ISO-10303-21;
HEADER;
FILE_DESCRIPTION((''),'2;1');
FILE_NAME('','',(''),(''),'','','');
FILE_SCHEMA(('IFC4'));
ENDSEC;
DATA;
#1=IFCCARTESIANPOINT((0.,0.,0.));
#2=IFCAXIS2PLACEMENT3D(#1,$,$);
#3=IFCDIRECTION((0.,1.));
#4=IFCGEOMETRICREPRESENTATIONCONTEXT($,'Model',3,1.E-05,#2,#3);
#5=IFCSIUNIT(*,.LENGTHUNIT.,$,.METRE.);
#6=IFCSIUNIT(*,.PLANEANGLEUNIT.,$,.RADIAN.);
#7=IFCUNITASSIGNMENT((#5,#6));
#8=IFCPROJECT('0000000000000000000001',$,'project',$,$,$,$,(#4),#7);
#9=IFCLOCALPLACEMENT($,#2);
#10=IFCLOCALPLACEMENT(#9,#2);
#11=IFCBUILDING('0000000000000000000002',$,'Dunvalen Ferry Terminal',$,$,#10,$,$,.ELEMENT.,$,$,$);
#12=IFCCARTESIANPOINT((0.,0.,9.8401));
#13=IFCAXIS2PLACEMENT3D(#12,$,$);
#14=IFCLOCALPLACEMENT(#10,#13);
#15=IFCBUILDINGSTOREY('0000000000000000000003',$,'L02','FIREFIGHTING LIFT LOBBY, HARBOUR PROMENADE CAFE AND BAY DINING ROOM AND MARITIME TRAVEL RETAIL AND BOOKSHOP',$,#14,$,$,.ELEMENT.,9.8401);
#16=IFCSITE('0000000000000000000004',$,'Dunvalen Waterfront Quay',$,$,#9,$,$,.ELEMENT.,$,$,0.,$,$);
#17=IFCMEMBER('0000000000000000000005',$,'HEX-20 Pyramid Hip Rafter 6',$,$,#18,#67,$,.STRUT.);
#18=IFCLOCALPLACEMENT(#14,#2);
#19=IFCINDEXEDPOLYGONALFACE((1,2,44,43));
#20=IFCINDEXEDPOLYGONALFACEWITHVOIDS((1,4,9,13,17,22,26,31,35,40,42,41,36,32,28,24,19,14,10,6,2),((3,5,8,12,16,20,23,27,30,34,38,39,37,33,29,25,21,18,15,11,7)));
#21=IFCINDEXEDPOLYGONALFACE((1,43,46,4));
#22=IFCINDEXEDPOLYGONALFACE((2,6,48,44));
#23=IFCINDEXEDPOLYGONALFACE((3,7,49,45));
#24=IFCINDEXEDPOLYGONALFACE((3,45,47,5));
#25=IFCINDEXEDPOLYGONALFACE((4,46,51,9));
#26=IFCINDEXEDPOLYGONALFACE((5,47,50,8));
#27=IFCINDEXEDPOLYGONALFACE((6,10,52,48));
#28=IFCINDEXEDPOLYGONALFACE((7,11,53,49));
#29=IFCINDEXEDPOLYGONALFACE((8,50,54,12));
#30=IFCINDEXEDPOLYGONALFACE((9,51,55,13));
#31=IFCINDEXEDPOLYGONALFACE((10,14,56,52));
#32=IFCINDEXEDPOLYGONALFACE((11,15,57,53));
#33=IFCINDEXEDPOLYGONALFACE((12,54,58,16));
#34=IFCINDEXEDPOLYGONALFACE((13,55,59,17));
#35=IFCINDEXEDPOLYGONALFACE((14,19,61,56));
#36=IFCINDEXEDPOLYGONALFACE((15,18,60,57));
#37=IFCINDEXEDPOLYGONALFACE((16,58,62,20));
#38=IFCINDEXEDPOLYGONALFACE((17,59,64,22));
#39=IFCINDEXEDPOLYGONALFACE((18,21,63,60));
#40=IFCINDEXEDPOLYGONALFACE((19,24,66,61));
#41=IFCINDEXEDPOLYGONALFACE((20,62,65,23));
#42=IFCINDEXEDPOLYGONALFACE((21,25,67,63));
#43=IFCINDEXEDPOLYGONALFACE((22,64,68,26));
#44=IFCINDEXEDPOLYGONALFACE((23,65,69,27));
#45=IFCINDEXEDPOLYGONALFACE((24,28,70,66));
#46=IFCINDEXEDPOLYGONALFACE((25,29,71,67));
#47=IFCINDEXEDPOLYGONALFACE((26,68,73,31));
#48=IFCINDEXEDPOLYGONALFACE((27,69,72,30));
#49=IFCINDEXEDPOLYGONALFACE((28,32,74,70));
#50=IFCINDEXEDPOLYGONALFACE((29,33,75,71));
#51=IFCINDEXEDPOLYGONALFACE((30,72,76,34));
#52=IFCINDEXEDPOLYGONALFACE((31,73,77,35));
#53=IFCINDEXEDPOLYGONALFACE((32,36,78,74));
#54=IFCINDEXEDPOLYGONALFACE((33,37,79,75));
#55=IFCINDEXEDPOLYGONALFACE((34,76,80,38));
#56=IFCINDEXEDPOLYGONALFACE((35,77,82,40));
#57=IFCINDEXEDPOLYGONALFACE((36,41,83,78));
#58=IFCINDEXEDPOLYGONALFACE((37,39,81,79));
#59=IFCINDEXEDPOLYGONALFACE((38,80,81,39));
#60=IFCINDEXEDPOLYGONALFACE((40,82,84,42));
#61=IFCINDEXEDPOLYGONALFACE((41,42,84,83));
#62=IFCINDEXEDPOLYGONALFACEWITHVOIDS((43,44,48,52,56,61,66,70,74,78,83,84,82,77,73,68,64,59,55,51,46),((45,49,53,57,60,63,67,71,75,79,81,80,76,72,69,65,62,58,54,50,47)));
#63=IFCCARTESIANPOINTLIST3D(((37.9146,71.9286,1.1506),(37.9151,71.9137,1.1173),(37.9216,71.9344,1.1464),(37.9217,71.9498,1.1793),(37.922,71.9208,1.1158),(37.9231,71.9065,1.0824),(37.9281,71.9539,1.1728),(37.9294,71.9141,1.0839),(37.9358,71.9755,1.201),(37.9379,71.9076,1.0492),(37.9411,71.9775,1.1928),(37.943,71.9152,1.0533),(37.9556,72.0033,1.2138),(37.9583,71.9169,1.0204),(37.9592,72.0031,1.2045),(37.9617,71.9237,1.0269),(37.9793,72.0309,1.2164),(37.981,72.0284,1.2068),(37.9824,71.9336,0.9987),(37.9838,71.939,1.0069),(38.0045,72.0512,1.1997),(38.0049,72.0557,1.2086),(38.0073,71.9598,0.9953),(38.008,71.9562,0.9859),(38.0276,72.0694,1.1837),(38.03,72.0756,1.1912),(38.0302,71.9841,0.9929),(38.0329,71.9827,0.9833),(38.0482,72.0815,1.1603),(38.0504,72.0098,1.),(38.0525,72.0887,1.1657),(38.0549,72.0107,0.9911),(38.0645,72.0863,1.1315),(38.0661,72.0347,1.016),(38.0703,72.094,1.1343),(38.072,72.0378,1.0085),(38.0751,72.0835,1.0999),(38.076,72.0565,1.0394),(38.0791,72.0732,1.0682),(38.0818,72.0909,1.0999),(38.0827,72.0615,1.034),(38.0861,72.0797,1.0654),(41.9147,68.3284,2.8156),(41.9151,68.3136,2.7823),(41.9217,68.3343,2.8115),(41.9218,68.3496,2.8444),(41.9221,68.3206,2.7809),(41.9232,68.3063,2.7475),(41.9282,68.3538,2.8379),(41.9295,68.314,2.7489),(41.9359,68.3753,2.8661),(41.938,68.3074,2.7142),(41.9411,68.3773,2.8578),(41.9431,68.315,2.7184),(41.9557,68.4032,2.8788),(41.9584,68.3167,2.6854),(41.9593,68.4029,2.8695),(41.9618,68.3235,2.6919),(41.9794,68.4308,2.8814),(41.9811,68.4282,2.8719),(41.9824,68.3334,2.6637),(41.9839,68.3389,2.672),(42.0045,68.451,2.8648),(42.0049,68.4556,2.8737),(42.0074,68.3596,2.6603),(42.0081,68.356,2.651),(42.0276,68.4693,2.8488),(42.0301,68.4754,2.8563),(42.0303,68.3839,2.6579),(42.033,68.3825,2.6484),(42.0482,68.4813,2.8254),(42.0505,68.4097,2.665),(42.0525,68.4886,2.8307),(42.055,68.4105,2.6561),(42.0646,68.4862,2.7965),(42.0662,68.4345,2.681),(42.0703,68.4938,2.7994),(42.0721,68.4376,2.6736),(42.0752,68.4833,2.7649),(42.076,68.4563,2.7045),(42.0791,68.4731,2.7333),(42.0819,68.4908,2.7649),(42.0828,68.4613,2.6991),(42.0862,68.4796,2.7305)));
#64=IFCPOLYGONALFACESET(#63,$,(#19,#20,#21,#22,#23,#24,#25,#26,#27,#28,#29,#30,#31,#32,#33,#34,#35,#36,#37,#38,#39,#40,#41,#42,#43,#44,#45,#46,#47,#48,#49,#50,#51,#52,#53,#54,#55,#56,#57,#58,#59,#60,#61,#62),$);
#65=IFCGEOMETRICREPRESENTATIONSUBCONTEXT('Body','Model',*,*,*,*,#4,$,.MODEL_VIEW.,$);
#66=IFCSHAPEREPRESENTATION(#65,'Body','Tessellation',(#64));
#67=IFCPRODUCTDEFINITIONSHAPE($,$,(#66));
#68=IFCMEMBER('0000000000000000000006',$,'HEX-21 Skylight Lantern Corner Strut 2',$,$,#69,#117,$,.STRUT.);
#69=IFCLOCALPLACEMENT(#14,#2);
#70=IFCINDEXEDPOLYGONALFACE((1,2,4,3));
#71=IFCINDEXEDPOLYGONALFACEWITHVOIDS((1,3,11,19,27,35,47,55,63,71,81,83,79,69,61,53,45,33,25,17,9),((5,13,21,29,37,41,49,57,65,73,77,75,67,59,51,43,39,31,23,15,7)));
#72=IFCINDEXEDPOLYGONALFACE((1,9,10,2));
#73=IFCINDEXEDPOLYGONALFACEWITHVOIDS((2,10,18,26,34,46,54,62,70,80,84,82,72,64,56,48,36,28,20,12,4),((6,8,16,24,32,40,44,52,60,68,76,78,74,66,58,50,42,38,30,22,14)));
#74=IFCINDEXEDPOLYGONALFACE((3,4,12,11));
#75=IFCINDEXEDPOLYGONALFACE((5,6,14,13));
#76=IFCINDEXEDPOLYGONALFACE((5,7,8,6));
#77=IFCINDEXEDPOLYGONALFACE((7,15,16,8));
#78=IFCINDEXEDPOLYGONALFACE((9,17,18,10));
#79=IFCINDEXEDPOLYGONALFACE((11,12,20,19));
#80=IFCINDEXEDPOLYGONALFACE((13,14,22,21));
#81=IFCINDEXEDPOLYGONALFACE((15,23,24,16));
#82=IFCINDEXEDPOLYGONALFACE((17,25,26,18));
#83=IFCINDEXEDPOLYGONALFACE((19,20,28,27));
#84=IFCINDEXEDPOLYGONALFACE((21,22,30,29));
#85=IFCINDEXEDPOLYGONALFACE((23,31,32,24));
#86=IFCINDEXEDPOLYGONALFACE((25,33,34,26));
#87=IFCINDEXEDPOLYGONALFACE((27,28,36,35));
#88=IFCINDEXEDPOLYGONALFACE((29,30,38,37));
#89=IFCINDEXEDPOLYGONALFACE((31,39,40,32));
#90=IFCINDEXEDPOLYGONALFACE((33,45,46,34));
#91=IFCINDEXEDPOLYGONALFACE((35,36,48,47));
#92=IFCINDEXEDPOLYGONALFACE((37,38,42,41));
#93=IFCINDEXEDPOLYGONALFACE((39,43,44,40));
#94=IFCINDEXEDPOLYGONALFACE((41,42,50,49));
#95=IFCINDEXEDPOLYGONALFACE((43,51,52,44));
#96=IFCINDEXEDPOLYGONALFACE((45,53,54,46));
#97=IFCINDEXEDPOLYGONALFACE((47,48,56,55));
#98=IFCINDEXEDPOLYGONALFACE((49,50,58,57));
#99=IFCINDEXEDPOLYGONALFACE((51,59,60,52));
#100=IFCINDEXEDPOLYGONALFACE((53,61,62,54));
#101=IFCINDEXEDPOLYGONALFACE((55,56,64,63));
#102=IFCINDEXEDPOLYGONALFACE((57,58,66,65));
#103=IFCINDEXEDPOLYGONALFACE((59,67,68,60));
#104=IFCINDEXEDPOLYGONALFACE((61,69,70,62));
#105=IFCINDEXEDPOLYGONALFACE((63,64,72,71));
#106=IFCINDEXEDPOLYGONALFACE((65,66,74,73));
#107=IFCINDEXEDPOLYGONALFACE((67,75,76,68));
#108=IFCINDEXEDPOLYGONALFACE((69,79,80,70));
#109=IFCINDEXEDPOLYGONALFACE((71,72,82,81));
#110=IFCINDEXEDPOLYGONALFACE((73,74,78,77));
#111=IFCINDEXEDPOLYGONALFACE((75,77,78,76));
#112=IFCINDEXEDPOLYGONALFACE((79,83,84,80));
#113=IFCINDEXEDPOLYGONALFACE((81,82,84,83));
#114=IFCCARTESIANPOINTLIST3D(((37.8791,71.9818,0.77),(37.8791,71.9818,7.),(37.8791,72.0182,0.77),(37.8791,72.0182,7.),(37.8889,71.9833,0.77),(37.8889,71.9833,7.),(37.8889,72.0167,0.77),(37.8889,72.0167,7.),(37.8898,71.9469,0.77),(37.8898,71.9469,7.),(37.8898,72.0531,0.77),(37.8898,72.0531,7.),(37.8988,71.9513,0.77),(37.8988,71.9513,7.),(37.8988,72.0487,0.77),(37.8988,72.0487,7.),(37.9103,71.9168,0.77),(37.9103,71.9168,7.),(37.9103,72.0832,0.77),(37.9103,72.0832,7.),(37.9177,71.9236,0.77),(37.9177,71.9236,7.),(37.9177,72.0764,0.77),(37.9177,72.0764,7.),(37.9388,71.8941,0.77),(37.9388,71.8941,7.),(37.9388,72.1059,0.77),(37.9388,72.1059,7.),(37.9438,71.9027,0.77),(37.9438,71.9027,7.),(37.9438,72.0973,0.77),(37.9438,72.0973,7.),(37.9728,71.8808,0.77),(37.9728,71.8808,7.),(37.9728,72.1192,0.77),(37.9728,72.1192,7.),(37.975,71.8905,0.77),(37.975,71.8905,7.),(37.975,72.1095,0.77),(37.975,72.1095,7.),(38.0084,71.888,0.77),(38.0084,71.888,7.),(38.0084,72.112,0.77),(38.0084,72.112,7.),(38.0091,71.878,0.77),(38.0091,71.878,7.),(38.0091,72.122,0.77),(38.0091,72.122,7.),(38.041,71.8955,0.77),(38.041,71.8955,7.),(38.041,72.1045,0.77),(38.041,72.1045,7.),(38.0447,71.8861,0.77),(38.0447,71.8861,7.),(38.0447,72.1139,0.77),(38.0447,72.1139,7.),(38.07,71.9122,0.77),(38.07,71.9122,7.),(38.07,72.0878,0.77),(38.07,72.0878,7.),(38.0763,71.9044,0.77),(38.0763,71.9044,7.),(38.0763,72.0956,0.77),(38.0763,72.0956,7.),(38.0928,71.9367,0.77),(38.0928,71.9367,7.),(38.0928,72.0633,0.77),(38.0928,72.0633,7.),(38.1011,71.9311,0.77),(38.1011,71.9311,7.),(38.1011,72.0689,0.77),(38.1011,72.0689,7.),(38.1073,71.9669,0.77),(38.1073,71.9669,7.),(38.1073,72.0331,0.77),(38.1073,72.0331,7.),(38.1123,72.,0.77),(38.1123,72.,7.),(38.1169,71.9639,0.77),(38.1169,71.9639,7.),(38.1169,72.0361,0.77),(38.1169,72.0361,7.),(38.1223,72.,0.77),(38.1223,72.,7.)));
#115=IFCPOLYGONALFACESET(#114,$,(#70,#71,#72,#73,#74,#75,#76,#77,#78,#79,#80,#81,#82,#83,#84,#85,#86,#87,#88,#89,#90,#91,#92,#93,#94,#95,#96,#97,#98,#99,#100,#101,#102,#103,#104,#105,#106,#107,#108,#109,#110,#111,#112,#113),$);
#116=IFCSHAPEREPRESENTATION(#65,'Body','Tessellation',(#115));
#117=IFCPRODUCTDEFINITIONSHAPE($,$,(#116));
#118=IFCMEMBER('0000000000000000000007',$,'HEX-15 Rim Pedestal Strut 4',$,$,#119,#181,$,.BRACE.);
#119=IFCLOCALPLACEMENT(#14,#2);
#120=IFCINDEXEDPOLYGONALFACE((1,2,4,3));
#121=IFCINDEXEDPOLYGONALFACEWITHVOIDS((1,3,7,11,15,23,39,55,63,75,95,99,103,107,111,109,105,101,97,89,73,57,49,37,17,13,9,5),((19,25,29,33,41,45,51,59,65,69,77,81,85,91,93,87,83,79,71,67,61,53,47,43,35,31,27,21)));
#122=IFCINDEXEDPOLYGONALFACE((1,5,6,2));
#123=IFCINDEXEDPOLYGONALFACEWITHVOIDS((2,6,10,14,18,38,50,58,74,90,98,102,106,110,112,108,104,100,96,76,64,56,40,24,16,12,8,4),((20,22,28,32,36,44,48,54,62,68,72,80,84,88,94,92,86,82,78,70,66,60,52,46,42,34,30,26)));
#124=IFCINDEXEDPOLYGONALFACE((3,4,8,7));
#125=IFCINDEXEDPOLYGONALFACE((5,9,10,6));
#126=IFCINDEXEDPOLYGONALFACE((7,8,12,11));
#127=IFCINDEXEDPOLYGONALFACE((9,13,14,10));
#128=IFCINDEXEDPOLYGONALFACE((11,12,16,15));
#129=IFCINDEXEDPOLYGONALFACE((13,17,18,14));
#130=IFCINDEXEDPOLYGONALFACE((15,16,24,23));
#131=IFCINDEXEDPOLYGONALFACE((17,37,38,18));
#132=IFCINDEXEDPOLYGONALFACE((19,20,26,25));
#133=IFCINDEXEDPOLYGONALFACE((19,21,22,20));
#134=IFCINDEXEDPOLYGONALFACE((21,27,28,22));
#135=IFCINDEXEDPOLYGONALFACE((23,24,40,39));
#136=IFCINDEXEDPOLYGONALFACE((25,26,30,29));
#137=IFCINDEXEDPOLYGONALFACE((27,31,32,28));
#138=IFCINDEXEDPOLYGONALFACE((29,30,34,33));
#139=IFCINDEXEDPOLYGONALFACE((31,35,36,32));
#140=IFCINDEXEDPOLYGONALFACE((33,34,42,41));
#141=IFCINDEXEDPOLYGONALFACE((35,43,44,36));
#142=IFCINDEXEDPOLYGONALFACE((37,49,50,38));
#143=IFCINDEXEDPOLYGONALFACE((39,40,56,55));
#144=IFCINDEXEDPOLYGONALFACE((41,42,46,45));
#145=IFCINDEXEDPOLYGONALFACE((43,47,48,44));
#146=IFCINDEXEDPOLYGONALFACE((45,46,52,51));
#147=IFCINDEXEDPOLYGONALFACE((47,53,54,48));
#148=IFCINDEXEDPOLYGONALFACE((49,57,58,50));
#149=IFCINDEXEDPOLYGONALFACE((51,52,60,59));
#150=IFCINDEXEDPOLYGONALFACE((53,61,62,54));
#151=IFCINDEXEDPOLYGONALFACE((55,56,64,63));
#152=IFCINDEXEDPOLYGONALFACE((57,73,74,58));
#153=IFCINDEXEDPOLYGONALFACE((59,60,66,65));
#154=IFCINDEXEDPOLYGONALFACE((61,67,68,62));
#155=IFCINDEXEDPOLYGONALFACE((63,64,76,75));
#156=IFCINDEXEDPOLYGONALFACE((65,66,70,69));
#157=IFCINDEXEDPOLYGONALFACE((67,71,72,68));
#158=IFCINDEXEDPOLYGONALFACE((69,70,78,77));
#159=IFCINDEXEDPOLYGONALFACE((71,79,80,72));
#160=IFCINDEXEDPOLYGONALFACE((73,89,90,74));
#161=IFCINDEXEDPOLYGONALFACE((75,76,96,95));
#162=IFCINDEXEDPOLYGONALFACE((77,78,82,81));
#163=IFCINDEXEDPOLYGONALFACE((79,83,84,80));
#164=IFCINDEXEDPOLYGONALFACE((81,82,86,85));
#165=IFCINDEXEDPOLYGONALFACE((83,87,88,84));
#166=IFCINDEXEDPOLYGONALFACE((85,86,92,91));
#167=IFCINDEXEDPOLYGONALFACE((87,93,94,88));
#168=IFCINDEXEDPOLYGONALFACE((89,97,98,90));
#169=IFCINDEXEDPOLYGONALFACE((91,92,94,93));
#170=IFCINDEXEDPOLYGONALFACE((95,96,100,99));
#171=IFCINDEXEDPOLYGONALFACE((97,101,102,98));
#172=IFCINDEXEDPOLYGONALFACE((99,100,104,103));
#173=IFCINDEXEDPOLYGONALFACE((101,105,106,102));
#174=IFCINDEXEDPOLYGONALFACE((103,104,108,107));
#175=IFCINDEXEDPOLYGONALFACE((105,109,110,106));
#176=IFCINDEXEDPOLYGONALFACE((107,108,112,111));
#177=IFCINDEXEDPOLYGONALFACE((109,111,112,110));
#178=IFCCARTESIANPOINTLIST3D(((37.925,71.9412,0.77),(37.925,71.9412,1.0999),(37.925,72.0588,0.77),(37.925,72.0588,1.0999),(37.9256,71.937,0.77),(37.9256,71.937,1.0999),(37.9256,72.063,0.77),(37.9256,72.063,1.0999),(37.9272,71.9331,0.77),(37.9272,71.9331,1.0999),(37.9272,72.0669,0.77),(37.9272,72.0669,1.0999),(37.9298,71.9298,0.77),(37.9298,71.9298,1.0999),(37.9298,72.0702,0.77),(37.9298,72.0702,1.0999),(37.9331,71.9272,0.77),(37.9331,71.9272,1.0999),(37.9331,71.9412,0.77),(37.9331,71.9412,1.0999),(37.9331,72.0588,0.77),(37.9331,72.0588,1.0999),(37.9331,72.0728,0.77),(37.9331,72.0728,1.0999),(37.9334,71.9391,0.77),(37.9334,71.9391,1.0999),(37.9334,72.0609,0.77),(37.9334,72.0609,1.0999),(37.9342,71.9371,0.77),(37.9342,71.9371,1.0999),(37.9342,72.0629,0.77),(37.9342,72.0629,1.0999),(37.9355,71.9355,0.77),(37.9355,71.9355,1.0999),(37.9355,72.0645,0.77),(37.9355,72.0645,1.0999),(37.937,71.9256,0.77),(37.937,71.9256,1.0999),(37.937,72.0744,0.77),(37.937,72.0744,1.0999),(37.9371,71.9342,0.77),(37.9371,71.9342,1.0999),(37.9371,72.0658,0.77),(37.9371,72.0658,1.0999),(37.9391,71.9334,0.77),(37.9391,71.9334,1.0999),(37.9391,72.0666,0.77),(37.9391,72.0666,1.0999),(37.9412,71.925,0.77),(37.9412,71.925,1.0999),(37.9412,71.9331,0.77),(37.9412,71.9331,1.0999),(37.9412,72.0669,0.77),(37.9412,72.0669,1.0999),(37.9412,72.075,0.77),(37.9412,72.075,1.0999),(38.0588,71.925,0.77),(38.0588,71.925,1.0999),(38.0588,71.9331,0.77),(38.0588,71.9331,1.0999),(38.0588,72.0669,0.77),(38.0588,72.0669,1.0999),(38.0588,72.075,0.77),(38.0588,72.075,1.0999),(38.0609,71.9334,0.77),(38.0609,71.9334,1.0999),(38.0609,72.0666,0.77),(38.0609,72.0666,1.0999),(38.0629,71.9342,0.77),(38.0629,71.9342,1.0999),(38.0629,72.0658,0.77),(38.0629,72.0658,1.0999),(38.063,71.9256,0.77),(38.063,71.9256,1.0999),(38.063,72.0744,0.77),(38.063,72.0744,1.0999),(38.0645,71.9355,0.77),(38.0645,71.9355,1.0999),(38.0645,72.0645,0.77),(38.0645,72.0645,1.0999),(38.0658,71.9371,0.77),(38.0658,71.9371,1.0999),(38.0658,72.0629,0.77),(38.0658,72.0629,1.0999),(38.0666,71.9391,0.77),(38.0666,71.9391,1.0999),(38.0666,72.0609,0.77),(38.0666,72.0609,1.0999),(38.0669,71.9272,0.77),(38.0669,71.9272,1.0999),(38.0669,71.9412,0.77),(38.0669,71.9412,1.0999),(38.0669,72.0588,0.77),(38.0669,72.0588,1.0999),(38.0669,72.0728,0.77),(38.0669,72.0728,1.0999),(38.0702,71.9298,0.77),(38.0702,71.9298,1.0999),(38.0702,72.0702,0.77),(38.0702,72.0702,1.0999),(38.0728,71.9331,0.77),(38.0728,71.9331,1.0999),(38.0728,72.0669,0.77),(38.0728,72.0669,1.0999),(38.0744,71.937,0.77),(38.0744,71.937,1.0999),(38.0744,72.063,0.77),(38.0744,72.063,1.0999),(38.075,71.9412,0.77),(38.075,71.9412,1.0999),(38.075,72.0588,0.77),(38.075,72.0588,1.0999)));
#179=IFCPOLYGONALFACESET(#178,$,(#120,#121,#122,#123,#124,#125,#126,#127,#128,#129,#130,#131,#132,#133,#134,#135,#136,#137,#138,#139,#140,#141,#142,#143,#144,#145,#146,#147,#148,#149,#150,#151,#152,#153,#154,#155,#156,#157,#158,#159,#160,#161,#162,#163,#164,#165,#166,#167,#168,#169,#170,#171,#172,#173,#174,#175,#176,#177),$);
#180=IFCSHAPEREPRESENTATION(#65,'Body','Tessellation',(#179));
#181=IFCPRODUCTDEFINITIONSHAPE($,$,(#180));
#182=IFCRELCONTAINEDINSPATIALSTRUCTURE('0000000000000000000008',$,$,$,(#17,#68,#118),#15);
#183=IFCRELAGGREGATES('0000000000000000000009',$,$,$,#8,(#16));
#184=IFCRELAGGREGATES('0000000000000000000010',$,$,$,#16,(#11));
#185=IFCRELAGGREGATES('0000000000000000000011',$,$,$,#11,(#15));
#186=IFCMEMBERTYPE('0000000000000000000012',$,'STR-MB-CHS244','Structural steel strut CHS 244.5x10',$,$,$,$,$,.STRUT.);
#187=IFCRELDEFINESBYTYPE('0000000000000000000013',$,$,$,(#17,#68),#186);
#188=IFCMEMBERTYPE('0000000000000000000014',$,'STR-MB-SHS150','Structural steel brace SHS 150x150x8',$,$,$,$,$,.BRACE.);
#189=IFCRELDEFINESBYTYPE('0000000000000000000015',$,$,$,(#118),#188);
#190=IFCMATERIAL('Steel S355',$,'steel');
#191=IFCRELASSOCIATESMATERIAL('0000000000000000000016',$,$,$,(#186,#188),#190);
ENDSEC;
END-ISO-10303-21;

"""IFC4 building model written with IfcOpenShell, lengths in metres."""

from ifc_helpers import new_model, si_unit, direction, frame, origin, origin_2d, place, context, subcontext, project, spatial, hollow_rectangle, hollow_circle, extrude, material, material_profile, profile_set, type_object, element, save


model = new_model("IFC4")

# Units and contexts
model_context = context("Model", 3, precision=1e-05, world=origin(), true_north=direction((0.0, 1.0)))
body_context = subcontext(model_context, "Body", "Model", "MODEL_VIEW")
ifc_project = project(units=[si_unit("LENGTHUNIT", "METRE"), si_unit("PLANEANGLEUNIT", "RADIAN")], contexts=[model_context])

# Site, building, storey
site_placement = place(None, origin())
site = spatial("IfcSite", under=ifc_project, at=site_placement, Name="Dunvalen Waterfront Quay", CompositionType="ELEMENT", RefElevation=0.0)
building_placement = place(site_placement, origin())
building = spatial("IfcBuilding", under=site, at=building_placement, Name="Dunvalen Ferry Terminal", CompositionType="ELEMENT")
storey_placement = place(building_placement, frame((0.0, 0.0, 9.8401)))
storey = spatial("IfcBuildingStorey", under=building, at=storey_placement, Name="L02", Description="FIREFIGHTING LIFT LOBBY, HARBOUR PROMENADE CAFE AND BAY DINING ROOM AND MARITIME TRAVEL RETAIL AND BOOKSHOP", CompositionType="ELEMENT", Elevation=9.8401)

# Shared definitions
ifc_material_1 = material(Name="Steel S355", Category="steel")

# Members
ifc_material_profile_1 = material_profile(ifc_material_1, hollow_circle(Radius=0.1223, WallThickness=0.01, at=origin_2d()), Name="Steel S355")
ifc_profile_set_1 = profile_set([ifc_material_profile_1], Name="Steel S355")
member_type_1 = type_object("IfcMemberType", Name="STR-MB-CHS244", Description="Structural steel strut CHS 244.5x10", PredefinedType="STRUT", material=ifc_profile_set_1)
member_1_placement = place(storey_placement, frame((38.0, 72.0, 1.0999), z_axis=(0.710075, -0.639085, 0.295576), x_axis=(0.668975, 0.743285, 0.0)))
element("IfcMember", 1, at=member_1_placement, inside=storey, type_object=member_type_1, Name="HEX-20 Pyramid Hip Rafter 6", PredefinedType="STRUT", context=body_context, shape_type="SweptSolid", body=[
    extrude(hollow_circle(Radius=0.1223, WallThickness=0.01, at=origin_2d()), origin(), (0.0, 0.0, 1.0), 5.6333),
])
member_2_placement = place(storey_placement, frame((38.0, 72.0, 0.77), z_axis=(0.0, 0.0, 1.0), x_axis=(1.0, 0.0, 0.0)))
element("IfcMember", 2, at=member_2_placement, inside=storey, type_object=member_type_1, Name="HEX-21 Skylight Lantern Corner Strut 2", PredefinedType="STRUT", context=body_context, shape_type="SweptSolid", body=[
    extrude(hollow_circle(Radius=0.1223, WallThickness=0.01, at=origin_2d()), origin(), (0.0, 0.0, 1.0), 6.23),
])
ifc_material_profile_2 = material_profile(ifc_material_1, hollow_rectangle(XDim=0.1499, YDim=0.1499, WallThickness=0.0081, InnerFilletRadius=0.0081, OuterFilletRadius=0.0161, at=origin_2d()), Name="Steel S355")
ifc_profile_set_2 = profile_set([ifc_material_profile_2], Name="Steel S355")
member_type_2 = type_object("IfcMemberType", Name="STR-MB-SHS150", Description="Structural steel brace SHS 150x150x8", PredefinedType="BRACE", material=ifc_profile_set_2)
for number, where, z_axis, x_axis, name in (
    (3, (38.0, 72.0, 0.77), (0.0, 0.0, 1.0), (1.0, 0.0, 0.0), "HEX-15 Rim Pedestal Strut 4"),
):
    element("IfcMember", number, at=place(storey_placement, frame(where, z_axis=z_axis, x_axis=x_axis)), inside=storey, type_object=member_type_2, Name=name, PredefinedType="BRACE", context=body_context, shape_type="SweptSolid", body=[
        extrude(hollow_rectangle(XDim=0.1499, YDim=0.1499, WallThickness=0.0081, InnerFilletRadius=0.0081, OuterFilletRadius=0.0161, at=origin_2d()), origin(), (0.0, 0.0, 1.0), 0.3298),
    ])

save(model, "model.ifc")
